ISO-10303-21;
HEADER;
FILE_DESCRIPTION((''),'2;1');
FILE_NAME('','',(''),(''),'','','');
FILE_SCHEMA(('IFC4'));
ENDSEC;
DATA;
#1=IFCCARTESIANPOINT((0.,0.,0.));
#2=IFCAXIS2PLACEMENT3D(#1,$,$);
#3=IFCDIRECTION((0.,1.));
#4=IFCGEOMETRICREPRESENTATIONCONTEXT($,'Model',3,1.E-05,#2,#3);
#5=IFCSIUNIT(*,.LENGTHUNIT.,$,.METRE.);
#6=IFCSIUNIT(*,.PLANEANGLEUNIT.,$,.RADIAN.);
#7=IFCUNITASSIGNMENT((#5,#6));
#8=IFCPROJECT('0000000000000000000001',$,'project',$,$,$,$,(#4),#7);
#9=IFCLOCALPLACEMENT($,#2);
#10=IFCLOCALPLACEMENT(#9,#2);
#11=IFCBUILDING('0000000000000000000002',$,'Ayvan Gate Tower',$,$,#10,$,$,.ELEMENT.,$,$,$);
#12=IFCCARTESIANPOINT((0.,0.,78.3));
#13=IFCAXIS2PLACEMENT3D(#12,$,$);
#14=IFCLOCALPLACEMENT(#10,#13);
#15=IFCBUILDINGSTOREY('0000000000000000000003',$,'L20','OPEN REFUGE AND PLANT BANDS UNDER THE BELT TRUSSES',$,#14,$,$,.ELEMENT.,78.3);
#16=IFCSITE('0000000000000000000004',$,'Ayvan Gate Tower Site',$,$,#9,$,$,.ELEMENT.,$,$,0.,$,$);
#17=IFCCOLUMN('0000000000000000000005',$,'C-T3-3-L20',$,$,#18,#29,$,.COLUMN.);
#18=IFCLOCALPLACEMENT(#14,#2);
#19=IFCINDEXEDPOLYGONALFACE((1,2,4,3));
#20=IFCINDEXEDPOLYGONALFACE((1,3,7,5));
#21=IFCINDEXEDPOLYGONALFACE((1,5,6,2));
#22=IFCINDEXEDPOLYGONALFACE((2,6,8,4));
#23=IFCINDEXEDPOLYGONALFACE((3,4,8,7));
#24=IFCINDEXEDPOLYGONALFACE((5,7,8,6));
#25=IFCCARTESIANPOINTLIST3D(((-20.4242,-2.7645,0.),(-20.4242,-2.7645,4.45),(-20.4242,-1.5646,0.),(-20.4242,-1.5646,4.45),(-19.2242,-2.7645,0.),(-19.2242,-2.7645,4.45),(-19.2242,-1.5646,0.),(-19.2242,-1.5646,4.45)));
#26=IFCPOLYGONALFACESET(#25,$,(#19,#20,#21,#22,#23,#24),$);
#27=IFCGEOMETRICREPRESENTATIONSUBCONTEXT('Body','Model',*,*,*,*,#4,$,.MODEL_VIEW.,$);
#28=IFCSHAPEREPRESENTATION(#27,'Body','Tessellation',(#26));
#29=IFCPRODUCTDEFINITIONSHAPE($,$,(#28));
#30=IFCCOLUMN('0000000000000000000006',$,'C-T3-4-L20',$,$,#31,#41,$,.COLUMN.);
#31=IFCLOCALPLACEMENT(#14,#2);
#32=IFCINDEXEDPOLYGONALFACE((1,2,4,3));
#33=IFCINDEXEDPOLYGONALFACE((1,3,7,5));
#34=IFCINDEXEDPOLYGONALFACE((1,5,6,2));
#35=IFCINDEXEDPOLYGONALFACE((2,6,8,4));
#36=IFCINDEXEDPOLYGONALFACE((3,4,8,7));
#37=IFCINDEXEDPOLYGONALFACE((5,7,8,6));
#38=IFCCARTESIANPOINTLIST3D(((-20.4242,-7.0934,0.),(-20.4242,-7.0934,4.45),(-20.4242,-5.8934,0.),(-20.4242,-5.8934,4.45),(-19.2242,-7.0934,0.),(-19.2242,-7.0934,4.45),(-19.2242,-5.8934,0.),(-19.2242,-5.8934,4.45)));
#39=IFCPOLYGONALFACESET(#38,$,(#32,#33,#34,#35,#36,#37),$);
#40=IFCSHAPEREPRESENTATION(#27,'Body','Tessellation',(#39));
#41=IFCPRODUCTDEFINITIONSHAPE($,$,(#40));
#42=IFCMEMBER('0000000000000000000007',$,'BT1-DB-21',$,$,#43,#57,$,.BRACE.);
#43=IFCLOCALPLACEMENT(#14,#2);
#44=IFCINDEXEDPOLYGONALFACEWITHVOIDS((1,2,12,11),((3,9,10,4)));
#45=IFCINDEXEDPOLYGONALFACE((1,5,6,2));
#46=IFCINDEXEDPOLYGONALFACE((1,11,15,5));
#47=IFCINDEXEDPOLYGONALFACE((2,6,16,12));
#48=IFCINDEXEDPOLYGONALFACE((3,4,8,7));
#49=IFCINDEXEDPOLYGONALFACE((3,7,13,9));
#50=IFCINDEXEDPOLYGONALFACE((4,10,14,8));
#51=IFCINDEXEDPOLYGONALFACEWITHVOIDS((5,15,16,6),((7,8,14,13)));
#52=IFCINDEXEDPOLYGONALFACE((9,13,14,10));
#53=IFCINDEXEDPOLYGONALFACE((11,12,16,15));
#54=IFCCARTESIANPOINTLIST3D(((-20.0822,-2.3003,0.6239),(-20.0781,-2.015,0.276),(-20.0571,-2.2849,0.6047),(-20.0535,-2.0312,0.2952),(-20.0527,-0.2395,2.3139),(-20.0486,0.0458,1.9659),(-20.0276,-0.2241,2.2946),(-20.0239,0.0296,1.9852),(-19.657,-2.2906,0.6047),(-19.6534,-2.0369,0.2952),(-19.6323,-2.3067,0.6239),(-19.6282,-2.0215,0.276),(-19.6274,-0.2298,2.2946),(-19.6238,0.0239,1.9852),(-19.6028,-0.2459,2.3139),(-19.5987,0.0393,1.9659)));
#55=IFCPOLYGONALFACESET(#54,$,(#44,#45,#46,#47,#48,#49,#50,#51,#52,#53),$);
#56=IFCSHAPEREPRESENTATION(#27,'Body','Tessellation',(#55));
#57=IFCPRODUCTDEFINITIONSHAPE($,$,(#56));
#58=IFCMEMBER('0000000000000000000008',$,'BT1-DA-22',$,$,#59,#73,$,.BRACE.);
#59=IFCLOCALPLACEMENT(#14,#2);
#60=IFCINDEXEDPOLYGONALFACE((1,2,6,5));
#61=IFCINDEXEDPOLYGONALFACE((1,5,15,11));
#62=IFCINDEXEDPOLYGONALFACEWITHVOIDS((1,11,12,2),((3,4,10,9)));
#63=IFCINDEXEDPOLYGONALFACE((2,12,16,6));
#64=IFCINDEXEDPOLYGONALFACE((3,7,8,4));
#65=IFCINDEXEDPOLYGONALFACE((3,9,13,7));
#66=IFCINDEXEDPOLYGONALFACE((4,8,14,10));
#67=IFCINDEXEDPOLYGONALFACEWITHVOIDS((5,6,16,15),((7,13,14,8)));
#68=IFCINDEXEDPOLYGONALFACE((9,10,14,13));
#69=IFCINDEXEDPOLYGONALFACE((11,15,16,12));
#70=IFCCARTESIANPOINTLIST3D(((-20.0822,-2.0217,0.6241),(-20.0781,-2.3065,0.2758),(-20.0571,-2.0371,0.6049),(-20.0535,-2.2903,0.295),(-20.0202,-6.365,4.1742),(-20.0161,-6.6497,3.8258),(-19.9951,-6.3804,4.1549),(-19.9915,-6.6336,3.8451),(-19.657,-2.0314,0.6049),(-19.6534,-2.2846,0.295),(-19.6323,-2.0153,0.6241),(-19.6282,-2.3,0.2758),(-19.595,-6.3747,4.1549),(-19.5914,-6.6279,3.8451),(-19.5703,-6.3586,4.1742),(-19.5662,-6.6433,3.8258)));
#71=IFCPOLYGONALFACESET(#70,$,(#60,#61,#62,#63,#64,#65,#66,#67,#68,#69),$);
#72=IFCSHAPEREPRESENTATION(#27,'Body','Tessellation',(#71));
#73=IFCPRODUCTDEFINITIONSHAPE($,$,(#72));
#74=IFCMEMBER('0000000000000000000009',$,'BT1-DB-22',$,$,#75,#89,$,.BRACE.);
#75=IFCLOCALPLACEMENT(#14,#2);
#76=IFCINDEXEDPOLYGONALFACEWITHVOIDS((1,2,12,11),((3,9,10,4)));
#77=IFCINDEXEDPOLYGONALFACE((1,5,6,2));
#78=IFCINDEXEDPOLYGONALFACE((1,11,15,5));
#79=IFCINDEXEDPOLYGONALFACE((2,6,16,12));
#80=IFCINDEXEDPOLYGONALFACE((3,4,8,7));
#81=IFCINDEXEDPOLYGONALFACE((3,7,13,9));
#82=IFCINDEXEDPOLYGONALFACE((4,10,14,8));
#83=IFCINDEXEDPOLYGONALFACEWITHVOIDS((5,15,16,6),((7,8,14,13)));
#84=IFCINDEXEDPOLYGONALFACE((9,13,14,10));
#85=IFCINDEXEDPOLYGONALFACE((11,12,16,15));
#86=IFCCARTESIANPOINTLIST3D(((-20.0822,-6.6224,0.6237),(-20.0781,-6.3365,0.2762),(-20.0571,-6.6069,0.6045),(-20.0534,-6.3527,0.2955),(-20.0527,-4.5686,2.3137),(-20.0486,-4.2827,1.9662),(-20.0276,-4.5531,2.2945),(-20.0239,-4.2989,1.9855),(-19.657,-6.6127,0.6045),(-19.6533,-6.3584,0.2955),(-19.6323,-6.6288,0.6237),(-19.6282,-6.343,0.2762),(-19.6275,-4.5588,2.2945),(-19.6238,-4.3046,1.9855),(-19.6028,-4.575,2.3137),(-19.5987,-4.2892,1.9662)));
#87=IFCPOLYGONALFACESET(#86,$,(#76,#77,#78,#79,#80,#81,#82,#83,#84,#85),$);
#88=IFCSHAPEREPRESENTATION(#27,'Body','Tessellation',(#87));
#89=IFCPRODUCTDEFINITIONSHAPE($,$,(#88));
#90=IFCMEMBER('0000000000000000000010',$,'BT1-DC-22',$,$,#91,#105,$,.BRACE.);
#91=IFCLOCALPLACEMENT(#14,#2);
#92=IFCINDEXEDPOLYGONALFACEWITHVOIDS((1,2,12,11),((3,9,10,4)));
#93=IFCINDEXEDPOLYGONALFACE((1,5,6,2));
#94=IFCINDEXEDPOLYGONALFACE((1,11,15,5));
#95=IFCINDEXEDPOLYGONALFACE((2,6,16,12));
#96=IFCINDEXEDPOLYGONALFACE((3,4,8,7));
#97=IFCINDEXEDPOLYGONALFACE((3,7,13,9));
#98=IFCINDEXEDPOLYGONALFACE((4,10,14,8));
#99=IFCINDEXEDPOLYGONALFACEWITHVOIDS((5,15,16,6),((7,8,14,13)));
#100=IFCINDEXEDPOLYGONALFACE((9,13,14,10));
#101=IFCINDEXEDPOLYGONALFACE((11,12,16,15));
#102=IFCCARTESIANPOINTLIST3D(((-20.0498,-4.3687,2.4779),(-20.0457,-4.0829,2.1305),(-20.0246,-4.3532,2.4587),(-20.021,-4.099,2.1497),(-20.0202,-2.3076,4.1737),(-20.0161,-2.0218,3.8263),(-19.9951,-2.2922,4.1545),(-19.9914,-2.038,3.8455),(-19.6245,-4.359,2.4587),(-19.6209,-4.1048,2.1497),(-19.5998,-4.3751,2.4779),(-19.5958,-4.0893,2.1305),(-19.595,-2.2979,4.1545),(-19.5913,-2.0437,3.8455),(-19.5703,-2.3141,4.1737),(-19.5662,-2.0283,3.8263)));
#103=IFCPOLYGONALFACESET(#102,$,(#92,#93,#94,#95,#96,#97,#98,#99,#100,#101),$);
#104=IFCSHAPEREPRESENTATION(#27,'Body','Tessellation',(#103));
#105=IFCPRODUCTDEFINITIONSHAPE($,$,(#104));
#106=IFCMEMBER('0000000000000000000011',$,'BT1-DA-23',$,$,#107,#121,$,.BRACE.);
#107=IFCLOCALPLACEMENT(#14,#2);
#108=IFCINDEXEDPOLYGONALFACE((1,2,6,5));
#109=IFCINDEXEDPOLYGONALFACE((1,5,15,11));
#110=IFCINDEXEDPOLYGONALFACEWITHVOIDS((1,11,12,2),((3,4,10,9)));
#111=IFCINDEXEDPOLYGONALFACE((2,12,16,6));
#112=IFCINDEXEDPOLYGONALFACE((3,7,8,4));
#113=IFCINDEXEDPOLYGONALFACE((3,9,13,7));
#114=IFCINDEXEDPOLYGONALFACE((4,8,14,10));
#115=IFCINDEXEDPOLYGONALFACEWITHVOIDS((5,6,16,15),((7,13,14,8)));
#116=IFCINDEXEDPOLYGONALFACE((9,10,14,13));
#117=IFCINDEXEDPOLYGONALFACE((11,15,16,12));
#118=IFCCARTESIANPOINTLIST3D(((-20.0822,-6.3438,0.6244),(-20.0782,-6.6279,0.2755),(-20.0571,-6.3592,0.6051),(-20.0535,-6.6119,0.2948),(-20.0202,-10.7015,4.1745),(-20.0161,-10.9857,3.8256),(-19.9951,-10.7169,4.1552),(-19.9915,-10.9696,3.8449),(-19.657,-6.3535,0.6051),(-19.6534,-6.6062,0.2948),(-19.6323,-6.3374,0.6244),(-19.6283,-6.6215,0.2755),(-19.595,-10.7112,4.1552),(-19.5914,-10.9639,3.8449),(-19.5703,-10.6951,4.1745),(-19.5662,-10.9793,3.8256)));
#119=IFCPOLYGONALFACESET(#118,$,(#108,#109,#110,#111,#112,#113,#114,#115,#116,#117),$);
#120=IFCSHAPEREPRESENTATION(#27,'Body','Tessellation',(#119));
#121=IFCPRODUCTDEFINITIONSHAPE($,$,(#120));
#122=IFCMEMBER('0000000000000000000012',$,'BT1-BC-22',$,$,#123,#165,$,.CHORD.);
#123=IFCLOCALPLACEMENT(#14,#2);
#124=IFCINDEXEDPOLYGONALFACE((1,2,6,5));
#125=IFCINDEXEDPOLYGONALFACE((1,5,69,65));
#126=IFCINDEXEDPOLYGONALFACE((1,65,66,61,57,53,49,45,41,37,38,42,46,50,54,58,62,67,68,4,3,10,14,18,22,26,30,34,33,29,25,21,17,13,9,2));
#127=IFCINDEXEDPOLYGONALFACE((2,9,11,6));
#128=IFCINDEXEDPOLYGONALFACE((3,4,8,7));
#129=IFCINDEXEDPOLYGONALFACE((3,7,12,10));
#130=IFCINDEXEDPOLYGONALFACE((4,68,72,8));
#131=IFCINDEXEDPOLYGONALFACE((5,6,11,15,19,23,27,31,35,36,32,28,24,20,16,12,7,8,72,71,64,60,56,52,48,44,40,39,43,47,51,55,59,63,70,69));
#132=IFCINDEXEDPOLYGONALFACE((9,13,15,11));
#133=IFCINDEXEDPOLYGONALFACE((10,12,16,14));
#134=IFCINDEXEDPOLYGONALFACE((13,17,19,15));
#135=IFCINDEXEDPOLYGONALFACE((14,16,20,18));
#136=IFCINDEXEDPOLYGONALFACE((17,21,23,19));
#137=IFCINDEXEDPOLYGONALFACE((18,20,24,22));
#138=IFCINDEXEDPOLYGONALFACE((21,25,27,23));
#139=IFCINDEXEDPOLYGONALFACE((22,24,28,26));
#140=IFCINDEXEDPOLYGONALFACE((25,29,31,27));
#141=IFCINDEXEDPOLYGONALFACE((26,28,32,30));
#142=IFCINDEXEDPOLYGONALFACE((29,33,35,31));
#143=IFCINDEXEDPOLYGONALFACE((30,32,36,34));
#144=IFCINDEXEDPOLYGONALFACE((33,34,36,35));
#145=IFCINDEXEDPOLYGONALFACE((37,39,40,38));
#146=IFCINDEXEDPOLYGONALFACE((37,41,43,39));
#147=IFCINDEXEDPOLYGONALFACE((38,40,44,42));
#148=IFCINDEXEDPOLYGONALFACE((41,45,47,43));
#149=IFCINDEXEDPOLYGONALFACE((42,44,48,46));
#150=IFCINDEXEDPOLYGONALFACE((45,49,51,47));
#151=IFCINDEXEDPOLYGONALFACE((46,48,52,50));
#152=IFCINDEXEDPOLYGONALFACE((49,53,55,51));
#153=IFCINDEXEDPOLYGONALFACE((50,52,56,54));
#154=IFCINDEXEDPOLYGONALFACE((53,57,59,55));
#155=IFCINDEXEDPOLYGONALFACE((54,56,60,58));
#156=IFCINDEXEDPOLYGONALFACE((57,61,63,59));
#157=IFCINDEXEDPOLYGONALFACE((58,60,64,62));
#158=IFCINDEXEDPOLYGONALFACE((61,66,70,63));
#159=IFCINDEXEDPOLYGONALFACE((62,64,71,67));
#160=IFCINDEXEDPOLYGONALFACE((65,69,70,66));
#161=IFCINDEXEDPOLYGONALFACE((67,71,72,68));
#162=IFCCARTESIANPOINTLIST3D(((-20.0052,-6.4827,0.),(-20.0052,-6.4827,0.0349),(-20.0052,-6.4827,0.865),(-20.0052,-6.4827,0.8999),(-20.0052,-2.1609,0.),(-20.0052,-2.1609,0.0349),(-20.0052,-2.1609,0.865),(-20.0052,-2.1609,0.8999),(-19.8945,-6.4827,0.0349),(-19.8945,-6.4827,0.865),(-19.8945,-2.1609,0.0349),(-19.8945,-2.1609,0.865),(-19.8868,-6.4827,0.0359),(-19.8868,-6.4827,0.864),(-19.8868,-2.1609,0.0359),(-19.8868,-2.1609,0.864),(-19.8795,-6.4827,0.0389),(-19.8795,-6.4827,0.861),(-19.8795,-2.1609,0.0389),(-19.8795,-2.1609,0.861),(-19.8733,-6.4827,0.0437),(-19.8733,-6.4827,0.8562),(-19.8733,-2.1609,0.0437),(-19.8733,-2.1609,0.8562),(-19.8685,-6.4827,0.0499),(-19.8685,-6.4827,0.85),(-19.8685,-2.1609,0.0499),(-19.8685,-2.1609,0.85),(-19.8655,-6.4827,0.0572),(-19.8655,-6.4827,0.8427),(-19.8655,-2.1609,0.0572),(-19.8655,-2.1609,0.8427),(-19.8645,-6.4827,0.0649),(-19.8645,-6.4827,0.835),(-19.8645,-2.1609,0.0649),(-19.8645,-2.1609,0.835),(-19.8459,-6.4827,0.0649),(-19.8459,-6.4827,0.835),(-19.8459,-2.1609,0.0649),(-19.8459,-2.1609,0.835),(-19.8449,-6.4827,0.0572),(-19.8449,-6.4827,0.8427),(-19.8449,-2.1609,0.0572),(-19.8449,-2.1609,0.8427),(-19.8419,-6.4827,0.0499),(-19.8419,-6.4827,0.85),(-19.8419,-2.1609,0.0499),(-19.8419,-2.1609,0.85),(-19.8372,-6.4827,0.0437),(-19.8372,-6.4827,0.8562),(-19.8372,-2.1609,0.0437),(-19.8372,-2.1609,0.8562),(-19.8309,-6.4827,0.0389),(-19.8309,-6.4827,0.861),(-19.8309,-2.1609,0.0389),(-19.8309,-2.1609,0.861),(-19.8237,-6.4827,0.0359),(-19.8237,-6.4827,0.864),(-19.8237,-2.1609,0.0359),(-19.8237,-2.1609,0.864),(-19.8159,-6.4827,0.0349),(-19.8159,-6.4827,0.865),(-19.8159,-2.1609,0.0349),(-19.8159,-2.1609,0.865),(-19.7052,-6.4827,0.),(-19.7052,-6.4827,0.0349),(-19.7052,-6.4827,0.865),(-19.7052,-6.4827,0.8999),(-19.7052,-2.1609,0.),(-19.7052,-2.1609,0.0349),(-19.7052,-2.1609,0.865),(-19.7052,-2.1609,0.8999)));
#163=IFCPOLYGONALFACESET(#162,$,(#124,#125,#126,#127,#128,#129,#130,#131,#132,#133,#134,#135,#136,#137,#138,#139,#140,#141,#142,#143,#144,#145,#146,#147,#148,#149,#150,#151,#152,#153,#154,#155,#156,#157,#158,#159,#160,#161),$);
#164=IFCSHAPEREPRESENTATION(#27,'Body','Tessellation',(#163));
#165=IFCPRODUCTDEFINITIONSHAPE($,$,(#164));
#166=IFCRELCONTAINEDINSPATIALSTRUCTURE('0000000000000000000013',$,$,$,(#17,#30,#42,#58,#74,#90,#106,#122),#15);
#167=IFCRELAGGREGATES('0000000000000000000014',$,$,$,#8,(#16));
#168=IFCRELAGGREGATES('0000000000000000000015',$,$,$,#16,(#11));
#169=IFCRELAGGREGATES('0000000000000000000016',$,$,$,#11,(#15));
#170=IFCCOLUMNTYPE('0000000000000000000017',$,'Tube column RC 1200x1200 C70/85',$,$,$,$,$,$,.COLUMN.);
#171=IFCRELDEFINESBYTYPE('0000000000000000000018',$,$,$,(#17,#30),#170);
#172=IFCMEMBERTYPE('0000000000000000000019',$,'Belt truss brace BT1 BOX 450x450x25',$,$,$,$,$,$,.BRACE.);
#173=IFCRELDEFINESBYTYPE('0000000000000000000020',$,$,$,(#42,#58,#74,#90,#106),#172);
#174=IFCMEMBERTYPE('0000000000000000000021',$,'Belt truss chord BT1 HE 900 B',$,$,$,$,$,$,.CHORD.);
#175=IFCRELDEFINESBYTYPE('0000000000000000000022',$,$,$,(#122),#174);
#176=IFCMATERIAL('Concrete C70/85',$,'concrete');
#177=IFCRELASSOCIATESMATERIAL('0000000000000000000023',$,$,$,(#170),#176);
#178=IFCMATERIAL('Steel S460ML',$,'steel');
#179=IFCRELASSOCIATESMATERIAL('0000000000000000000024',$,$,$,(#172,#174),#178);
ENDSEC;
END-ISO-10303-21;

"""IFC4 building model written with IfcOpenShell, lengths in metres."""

from ifc_helpers import new_model, si_unit, direction, frame, origin, origin_2d, place, context, subcontext, project, spatial, rectangle, hollow_rectangle, i_section, extrude, material, material_profile, profile_set, type_object, element, save


model = new_model("IFC4")

# Units and contexts
model_context = context("Model", 3, precision=1e-05, world=origin(), true_north=direction((0.0, 1.0)))
body_context = subcontext(model_context, "Body", "Model", "MODEL_VIEW")
ifc_project = project(units=[si_unit("LENGTHUNIT", "METRE"), si_unit("PLANEANGLEUNIT", "RADIAN")], contexts=[model_context])

# Site, building, storey
site_placement = place(None, origin())
site = spatial("IfcSite", under=ifc_project, at=site_placement, Name="Ayvan Gate Tower Site", CompositionType="ELEMENT", RefElevation=0.0)
building_placement = place(site_placement, origin())
building = spatial("IfcBuilding", under=site, at=building_placement, Name="Ayvan Gate Tower", CompositionType="ELEMENT")
storey_placement = place(building_placement, frame((0.0, 0.0, 78.3)))
storey = spatial("IfcBuildingStorey", under=building, at=storey_placement, Name="L20", Description="OPEN REFUGE AND PLANT BANDS UNDER THE BELT TRUSSES", CompositionType="ELEMENT", Elevation=78.3)

# Columns
ifc_material_1 = material(Name="Concrete C70/85", Category="concrete")
ifc_material_profile_1 = material_profile(ifc_material_1, rectangle(XDim=1.2, YDim=1.2, at=origin_2d()), Name="RC 1200x1200")
ifc_profile_set_1 = profile_set([ifc_material_profile_1], Name="Concrete C70/85")
column_type = type_object("IfcColumnType", Name="Tube column RC 1200x1200 C70/85", PredefinedType="COLUMN", material=ifc_profile_set_1)
for number, where, z_axis, x_axis, name in (
    (1, (-19.8242, -2.1646, 0.0), (0.0, 0.0, 1.0), (-1.0, 0.0, 0.0), "C-T3-3-L20"),
    (2, (-19.8242, -6.4934, 0.0), (0.0, 0.0, 1.0), (-1.0, 0.0, 0.0), "C-T3-4-L20"),
):
    element("IfcColumn", number, at=place(storey_placement, frame(where, z_axis=z_axis, x_axis=x_axis)), inside=storey, type_object=column_type, Name=name, PredefinedType="COLUMN", context=body_context, shape_type="SweptSolid", body=[
        extrude(rectangle(XDim=1.2, YDim=1.2, at=origin_2d()), origin(), (0.0, 0.0, 1.0), 4.45),
    ])

# Members
ifc_material_2 = material(Name="Steel S460ML", Category="steel")
ifc_material_profile_2 = material_profile(ifc_material_2, hollow_rectangle(XDim=0.45, YDim=0.45, WallThickness=0.0249, at=origin_2d()), Name="BOX 450x450x25")
ifc_profile_set_2 = profile_set([ifc_material_profile_2], Name="Steel S460ML")
member_type_1 = type_object("IfcMemberType", Name="Belt truss brace BT1 BOX 450x450x25", PredefinedType="BRACE", material=ifc_profile_set_2)
member_1_placement = place(storey_placement, frame((-19.8552, -2.1609, 0.45), z_axis=(0.011084, 0.773203, 0.634061), x_axis=(-0.999897, 0.014333, 0.0)))
element("IfcMember", 3, at=member_1_placement, inside=storey, type_object=member_type_1, Name="BT1-DB-21", PredefinedType="BRACE", context=body_context, shape_type="SweptSolid", body=[
    extrude(hollow_rectangle(XDim=0.45, YDim=0.45, WallThickness=0.0249, at=origin_2d()), origin(), (0.0, 0.0, 1.0), 2.6653),
])
member_2_placement = place(storey_placement, frame((-19.8552, -2.1609, 0.45), z_axis=(0.011054, -0.774218, 0.632822), x_axis=(0.999898, 0.014276, 0.0)))
element("IfcMember", 4, at=member_2_placement, inside=storey, type_object=member_type_1, Name="BT1-DA-22", PredefinedType="BRACE", context=body_context, shape_type="SweptSolid", body=[
    extrude(hollow_rectangle(XDim=0.45, YDim=0.45, WallThickness=0.0249, at=origin_2d()), origin(), (0.0, 0.0, 1.0), 5.6099),
])
member_3_placement = place(storey_placement, frame((-19.8552, -6.4827, 0.45), z_axis=(0.011107, 0.772132, 0.635366), x_axis=(-0.999897, 0.014383, 0.0)))
element("IfcMember", 5, at=member_3_placement, inside=storey, type_object=member_type_1, Name="BT1-DB-22", PredefinedType="BRACE", context=body_context, shape_type="SweptSolid", body=[
    extrude(hollow_rectangle(XDim=0.45, YDim=0.45, WallThickness=0.0249, at=origin_2d()), origin(), (0.0, 0.0, 1.0), 2.6599),
])
member_4_placement = place(storey_placement, frame((-19.8228, -4.229, 2.3042), z_axis=(0.011067, 0.772163, 0.635328), x_axis=(-0.999897, 0.014332, 0.0)))
element("IfcMember", 6, at=member_4_placement, inside=storey, type_object=member_type_1, Name="BT1-DC-22", PredefinedType="BRACE", context=body_context, shape_type="SweptSolid", body=[
    extrude(hollow_rectangle(XDim=0.45, YDim=0.45, WallThickness=0.0249, at=origin_2d()), origin(), (0.0, 0.0, 1.0), 2.6692),
])
member_5_placement = place(storey_placement, frame((-19.8552, -6.4827, 0.45), z_axis=(0.011032, -0.775244, 0.631566), x_axis=(0.999899, 0.014229, 0.0)))
element("IfcMember", 7, at=member_5_placement, inside=storey, type_object=member_type_1, Name="BT1-DA-23", PredefinedType="BRACE", context=body_context, shape_type="SweptSolid", body=[
    extrude(hollow_rectangle(XDim=0.45, YDim=0.45, WallThickness=0.0249, at=origin_2d()), origin(), (0.0, 0.0, 1.0), 5.6211),
])
ifc_material_profile_3 = material_profile(ifc_material_2, i_section(OverallWidth=0.3, OverallDepth=0.8999, WebThickness=0.0186, FlangeThickness=0.0349, FilletRadius=0.03, at=origin_2d()), Name="HE 900 B")
ifc_profile_set_3 = profile_set([ifc_material_profile_3], Name="Steel S460ML")
member_type_2 = type_object("IfcMemberType", Name="Belt truss chord BT1 HE 900 B", PredefinedType="CHORD", material=ifc_profile_set_3)
member_6_placement = place(storey_placement, frame((-19.8552, -2.1609, 0.45), z_axis=(0.0, -1.0, 0.0), x_axis=(1.0, 0.0, 0.0)))
element("IfcMember", 8, at=member_6_placement, inside=storey, type_object=member_type_2, Name="BT1-BC-22", PredefinedType="CHORD", context=body_context, shape_type="SweptSolid", body=[
    extrude(i_section(OverallWidth=0.3, OverallDepth=0.8999, WebThickness=0.0186, FlangeThickness=0.0349, FilletRadius=0.03, at=origin_2d()), origin(), (0.0, 0.0, 1.0), 4.3218),
])

save(model, "model.ifc")
